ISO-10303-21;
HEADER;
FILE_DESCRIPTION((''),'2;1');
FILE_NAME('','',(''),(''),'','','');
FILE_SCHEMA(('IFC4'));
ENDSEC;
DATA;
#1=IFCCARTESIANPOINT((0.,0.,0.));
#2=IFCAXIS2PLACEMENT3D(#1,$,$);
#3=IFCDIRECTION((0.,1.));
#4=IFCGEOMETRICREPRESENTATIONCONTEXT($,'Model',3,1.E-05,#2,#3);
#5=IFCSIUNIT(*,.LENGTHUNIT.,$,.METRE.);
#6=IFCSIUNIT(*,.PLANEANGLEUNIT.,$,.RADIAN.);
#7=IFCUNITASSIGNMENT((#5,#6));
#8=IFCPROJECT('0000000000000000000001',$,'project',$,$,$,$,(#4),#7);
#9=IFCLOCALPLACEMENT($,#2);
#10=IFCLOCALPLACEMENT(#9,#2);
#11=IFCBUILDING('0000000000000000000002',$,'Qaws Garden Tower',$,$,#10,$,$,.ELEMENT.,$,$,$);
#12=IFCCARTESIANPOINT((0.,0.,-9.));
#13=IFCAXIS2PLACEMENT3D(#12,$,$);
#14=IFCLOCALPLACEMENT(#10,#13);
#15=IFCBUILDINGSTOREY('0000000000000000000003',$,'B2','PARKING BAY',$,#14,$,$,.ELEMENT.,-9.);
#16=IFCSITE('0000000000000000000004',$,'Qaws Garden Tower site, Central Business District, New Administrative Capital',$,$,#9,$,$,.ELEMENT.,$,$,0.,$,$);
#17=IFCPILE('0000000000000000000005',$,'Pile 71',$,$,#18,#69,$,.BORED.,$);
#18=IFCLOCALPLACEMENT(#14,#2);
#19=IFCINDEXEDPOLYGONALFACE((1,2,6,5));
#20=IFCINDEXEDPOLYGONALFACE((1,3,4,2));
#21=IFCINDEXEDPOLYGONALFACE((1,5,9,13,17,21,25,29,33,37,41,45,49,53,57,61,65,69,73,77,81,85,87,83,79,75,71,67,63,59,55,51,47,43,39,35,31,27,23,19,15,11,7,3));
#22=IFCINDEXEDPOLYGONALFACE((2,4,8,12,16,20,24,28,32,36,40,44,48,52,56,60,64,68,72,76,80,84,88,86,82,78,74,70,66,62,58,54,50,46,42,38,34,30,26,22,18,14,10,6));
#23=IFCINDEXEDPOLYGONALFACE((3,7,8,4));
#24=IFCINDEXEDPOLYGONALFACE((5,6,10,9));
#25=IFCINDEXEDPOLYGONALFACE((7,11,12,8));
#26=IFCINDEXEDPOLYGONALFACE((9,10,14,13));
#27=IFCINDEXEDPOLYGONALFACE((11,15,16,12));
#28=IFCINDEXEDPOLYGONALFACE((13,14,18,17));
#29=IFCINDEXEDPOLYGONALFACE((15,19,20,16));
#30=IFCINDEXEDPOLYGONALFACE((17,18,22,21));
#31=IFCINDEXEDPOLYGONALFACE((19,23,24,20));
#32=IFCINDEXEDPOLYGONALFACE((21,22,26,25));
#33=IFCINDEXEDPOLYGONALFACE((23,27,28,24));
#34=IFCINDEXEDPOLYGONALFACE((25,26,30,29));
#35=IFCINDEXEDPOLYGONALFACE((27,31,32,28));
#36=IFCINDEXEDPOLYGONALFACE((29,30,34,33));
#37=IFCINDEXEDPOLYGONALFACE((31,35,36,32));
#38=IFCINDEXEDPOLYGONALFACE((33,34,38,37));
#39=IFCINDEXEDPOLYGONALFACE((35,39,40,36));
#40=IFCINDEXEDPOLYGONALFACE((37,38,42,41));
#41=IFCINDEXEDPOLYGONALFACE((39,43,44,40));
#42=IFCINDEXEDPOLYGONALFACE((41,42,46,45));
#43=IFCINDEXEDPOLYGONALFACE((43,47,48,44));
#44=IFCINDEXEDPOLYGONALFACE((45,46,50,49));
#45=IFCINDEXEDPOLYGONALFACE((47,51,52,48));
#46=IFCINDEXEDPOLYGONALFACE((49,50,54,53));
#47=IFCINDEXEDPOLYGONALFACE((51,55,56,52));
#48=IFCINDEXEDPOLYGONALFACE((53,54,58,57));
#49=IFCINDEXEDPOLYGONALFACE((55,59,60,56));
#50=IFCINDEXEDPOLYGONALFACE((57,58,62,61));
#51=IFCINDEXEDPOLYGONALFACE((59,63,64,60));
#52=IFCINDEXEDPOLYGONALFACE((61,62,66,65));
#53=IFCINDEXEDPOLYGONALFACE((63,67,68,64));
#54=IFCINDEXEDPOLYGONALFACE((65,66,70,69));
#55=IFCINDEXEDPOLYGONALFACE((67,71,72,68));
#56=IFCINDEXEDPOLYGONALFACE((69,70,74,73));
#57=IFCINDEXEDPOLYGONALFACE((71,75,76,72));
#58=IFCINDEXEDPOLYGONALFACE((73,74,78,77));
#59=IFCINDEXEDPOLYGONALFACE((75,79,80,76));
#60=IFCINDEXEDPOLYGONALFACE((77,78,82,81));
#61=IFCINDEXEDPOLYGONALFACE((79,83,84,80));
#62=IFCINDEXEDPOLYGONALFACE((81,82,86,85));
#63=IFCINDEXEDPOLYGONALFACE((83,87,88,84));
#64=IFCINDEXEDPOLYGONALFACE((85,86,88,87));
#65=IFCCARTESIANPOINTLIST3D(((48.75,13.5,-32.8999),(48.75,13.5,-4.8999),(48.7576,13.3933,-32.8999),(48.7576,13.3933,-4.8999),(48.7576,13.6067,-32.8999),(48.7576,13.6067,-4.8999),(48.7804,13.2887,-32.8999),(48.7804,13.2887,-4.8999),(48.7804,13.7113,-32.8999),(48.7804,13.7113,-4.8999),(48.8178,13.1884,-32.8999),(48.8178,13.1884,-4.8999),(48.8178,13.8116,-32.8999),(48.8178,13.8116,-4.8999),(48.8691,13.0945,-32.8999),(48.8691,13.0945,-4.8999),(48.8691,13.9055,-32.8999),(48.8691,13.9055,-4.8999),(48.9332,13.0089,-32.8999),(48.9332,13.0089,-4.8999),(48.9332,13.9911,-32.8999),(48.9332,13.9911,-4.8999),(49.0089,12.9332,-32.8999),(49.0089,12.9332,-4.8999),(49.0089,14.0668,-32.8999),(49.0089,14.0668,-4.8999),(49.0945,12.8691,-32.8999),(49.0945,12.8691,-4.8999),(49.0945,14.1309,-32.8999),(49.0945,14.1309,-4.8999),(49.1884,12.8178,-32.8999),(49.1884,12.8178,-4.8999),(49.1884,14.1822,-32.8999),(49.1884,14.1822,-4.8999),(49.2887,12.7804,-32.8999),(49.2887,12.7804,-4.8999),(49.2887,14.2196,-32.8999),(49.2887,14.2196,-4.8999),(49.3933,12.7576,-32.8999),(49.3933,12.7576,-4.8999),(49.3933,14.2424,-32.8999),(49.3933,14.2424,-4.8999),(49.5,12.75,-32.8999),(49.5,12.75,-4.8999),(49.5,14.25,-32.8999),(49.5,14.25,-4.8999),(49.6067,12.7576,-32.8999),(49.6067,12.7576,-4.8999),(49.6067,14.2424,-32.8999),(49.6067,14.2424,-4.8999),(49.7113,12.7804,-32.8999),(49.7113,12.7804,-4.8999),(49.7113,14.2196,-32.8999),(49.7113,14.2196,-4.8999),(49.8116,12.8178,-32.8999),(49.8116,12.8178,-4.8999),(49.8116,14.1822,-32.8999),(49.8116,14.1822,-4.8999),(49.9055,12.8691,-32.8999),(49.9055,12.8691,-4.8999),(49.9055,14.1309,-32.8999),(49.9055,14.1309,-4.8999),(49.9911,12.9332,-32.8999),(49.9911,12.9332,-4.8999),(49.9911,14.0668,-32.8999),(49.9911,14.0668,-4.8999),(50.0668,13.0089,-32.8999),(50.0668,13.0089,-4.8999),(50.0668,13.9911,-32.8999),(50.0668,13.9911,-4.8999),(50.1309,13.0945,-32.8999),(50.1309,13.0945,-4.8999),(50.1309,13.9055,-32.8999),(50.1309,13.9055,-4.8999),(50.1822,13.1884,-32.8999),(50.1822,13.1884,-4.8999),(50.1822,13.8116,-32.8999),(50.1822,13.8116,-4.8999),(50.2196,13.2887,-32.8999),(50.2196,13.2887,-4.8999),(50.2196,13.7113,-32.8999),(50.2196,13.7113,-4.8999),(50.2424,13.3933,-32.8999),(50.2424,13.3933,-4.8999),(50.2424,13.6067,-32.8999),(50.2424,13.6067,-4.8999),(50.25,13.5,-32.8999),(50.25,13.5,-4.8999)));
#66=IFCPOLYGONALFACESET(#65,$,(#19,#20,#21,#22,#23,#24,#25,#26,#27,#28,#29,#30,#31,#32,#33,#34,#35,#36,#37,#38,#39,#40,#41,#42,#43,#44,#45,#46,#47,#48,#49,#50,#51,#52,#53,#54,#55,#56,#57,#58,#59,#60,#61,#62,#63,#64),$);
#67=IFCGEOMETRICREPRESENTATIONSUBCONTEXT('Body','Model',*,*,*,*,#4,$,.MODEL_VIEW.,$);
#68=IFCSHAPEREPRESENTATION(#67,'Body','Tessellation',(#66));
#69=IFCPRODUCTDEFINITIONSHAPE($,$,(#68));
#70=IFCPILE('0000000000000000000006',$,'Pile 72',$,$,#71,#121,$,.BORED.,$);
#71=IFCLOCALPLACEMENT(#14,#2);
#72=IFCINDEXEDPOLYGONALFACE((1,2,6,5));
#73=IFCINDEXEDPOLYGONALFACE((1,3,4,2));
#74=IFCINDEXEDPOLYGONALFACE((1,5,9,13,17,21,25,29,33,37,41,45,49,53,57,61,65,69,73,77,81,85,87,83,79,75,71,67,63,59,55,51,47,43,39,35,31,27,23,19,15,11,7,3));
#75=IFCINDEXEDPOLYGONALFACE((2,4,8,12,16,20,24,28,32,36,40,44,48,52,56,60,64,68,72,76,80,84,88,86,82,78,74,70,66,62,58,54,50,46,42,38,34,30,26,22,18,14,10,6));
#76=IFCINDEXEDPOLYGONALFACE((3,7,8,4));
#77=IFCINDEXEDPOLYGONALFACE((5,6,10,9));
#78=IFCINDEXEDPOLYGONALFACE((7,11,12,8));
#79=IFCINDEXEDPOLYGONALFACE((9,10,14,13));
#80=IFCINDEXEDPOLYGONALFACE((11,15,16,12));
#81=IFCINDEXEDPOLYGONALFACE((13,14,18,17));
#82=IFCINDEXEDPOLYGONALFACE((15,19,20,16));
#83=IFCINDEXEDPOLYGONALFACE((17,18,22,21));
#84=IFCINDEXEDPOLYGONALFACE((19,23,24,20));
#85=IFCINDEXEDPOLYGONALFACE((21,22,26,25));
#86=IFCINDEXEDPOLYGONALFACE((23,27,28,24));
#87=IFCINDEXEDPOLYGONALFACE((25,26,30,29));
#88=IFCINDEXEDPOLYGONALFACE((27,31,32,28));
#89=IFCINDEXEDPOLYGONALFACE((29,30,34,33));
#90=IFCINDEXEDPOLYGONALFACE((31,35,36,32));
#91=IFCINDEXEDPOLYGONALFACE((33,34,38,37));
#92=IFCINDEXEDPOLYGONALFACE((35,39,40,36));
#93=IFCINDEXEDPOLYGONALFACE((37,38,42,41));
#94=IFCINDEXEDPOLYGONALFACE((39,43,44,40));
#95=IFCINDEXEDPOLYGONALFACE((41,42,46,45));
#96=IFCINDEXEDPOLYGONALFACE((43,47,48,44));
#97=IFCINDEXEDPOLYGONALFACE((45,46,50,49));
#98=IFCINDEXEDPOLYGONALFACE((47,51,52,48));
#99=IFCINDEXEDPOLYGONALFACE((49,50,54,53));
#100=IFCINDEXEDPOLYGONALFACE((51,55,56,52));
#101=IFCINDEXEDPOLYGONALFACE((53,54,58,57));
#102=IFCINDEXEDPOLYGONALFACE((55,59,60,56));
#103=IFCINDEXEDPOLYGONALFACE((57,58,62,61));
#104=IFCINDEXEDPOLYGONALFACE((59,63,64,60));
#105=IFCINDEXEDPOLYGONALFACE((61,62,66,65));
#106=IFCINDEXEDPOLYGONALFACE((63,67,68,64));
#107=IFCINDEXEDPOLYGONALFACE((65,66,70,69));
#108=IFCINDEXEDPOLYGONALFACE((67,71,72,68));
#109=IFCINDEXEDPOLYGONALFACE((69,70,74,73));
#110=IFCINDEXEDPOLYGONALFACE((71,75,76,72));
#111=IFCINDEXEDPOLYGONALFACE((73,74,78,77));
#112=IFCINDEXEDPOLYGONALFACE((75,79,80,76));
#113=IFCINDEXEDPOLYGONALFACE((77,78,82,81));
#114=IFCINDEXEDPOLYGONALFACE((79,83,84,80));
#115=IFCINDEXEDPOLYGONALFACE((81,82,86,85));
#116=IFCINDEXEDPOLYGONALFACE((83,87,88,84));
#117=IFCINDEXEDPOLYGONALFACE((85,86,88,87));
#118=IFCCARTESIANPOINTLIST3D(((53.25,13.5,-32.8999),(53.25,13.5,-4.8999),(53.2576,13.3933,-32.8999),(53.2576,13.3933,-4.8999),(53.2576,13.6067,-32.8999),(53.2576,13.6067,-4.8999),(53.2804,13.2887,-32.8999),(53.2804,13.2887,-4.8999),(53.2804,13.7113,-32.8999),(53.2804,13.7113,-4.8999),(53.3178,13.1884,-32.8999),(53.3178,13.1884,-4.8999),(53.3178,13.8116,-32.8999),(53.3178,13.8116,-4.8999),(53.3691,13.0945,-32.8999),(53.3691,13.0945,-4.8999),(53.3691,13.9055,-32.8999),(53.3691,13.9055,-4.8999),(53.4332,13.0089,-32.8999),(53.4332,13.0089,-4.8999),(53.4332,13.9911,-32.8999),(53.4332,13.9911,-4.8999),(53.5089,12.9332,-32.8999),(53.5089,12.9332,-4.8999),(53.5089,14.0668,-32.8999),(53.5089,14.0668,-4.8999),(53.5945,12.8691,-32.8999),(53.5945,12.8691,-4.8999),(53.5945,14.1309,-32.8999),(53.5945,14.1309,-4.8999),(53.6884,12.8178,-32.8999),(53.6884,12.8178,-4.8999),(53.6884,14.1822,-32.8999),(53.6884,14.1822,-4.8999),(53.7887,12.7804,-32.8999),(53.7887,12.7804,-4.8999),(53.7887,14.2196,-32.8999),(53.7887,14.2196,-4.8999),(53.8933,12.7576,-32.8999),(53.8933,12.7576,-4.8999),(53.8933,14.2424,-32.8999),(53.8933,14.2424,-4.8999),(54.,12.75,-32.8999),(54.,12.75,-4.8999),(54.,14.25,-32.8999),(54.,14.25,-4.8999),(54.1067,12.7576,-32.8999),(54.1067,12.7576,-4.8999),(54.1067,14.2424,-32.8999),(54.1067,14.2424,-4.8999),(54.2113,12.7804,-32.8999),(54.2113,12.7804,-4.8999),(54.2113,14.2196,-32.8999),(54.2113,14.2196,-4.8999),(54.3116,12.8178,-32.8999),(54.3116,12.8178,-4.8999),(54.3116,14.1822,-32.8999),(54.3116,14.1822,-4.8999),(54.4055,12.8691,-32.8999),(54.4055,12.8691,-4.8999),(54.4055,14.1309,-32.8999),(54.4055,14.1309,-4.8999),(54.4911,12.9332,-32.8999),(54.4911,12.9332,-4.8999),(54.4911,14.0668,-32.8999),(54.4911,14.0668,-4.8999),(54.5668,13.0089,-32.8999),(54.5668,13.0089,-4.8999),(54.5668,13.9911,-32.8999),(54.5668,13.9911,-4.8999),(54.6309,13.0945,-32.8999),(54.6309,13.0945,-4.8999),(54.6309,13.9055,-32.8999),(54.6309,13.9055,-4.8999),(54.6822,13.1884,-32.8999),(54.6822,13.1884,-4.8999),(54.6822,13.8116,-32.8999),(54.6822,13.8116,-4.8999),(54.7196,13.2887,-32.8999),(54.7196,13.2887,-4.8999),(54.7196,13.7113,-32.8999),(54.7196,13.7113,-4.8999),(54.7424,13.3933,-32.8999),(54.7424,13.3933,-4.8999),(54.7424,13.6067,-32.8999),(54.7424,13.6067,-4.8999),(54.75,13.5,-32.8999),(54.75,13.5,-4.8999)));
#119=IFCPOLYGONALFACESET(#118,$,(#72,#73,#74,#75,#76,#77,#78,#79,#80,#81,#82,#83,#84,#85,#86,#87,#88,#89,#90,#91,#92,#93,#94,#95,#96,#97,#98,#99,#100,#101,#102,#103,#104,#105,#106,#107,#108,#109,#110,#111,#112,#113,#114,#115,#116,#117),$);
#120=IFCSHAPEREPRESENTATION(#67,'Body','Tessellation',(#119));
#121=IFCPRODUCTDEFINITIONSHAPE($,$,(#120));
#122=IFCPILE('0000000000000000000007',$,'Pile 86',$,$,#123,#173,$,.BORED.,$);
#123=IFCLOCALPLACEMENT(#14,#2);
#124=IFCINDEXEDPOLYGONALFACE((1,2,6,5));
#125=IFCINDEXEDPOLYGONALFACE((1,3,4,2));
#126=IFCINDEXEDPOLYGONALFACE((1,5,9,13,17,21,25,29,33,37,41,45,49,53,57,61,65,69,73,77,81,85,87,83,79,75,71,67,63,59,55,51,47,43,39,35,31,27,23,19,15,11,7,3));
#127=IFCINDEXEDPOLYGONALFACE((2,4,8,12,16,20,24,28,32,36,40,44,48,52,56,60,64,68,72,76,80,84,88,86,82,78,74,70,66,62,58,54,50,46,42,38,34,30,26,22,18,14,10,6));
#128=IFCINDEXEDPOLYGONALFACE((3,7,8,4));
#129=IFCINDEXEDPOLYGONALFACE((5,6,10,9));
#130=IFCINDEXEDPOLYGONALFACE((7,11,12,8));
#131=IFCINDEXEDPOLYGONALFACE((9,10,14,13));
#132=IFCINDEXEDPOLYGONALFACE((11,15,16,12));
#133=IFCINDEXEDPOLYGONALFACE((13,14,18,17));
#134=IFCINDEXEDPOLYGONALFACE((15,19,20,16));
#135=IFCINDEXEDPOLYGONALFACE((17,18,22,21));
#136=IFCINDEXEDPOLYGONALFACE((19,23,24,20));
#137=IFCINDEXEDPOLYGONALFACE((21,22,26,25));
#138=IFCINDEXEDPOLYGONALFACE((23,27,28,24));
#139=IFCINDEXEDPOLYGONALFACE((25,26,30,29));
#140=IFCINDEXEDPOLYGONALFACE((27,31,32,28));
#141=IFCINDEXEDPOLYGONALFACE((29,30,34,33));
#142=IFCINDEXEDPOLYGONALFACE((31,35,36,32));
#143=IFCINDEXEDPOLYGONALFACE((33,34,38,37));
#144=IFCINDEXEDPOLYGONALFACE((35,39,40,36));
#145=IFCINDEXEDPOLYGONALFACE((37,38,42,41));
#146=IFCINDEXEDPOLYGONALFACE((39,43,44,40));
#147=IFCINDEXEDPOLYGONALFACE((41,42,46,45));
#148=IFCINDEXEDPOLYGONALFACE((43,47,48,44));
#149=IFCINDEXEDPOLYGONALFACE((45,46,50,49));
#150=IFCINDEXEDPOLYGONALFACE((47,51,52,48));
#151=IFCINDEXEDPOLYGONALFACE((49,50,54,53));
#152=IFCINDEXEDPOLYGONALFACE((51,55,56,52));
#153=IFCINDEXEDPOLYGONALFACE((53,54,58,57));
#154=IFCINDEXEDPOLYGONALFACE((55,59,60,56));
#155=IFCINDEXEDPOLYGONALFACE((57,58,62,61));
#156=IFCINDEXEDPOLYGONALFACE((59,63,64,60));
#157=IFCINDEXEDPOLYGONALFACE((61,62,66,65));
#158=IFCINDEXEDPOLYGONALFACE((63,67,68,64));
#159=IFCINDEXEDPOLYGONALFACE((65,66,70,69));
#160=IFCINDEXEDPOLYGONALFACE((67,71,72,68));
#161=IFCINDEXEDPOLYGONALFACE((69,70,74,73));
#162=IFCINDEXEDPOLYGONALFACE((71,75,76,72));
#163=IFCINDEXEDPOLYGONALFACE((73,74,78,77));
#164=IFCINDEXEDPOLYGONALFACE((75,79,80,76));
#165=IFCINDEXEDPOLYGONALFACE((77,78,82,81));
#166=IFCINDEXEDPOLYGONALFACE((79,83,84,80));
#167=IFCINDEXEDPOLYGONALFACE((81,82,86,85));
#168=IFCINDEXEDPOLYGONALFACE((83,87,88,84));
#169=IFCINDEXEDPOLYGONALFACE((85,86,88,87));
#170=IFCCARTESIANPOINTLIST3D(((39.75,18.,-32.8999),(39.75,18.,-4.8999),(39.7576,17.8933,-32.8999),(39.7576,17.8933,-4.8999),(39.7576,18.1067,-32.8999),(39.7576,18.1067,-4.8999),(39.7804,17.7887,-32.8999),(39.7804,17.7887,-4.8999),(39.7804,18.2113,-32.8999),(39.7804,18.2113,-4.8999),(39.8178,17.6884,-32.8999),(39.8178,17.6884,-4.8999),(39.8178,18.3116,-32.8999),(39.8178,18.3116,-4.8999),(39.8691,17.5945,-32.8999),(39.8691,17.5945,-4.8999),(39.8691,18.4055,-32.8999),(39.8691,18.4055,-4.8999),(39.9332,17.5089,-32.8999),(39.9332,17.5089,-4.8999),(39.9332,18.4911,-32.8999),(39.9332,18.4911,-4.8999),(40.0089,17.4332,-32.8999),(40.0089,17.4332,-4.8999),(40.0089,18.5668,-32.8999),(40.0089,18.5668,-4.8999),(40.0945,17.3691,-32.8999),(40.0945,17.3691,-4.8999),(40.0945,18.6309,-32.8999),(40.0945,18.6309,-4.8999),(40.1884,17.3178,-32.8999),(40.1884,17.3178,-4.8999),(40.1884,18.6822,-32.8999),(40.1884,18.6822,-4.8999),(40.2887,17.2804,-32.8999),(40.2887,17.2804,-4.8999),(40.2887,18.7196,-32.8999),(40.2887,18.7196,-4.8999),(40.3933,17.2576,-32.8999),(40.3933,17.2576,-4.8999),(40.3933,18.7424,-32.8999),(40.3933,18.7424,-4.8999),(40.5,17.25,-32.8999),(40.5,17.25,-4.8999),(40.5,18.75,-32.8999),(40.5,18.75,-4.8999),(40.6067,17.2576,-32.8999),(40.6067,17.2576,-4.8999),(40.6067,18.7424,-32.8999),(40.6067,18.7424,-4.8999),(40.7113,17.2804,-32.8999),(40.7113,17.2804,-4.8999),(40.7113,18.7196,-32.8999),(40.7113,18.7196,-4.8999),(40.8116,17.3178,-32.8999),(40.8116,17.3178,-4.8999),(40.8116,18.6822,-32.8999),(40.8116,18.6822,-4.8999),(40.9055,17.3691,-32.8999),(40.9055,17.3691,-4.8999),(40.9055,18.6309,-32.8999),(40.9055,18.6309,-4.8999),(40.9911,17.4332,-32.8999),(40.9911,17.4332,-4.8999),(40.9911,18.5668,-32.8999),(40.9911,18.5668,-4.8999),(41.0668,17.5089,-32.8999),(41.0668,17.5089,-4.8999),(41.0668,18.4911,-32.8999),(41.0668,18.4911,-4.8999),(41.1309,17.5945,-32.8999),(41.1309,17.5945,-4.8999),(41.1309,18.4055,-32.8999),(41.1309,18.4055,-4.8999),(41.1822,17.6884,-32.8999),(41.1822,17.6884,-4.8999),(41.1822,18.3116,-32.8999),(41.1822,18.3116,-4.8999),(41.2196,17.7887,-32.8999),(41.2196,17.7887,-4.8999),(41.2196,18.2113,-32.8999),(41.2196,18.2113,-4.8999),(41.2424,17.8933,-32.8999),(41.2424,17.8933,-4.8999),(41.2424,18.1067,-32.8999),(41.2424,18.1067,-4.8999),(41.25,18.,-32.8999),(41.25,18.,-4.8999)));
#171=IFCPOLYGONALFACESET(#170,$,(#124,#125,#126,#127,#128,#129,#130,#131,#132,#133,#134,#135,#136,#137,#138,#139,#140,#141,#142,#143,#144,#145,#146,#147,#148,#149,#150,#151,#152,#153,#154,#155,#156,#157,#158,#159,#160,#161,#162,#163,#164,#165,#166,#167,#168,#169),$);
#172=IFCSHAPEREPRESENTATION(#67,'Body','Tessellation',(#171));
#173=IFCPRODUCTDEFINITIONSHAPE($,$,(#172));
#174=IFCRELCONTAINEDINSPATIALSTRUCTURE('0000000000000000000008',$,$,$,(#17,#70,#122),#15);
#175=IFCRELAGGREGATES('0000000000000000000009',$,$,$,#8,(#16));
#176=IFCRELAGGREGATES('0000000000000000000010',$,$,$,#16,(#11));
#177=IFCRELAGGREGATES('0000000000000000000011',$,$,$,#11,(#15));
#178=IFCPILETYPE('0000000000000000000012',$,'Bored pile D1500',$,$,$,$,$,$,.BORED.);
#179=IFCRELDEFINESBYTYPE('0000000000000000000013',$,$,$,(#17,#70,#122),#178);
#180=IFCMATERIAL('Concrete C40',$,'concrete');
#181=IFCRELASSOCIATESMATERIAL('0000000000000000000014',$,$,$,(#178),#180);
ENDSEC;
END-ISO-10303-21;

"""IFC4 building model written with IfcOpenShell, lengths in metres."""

from ifc_helpers import new_model, si_unit, direction, frame, origin, origin_2d, place, context, subcontext, project, spatial, circle, extrude, material, material_profile, profile_set, type_object, element, save


model = new_model("IFC4")

# Units and contexts
model_context = context("Model", 3, precision=1e-05, world=origin(), true_north=direction((0.0, 1.0)))
body_context = subcontext(model_context, "Body", "Model", "MODEL_VIEW")
ifc_project = project(units=[si_unit("LENGTHUNIT", "METRE"), si_unit("PLANEANGLEUNIT", "RADIAN")], contexts=[model_context])

# Site, building, storey
site_placement = place(None, origin())
site = spatial("IfcSite", under=ifc_project, at=site_placement, Name="Qaws Garden Tower site, Central Business District, New Administrative Capital", CompositionType="ELEMENT", RefElevation=0.0)
building_placement = place(site_placement, origin())
building = spatial("IfcBuilding", under=site, at=building_placement, Name="Qaws Garden Tower", CompositionType="ELEMENT")
storey_placement = place(building_placement, frame((0.0, 0.0, -9.0)))
storey = spatial("IfcBuildingStorey", under=building, at=storey_placement, Name="B2", Description="PARKING BAY", CompositionType="ELEMENT", Elevation=-9.0)

# Piles
ifc_material_1 = material(Name="Concrete C40", Category="concrete")
ifc_material_profile_1 = material_profile(ifc_material_1, circle(Radius=0.75, at=origin_2d()), Name="Bored pile D1500")
ifc_profile_set_1 = profile_set([ifc_material_profile_1], Name="Concrete C40")
pile_type = type_object("IfcPileType", Name="Bored pile D1500", PredefinedType="BORED", material=ifc_profile_set_1)
for number, where, z_axis, x_axis, name in (
    (1, (49.5, 13.5, -4.8999), (0.0, 0.0, -1.0), (1.0, 0.0, 0.0), "Pile 71"),
    (2, (54.0, 13.5, -4.8999), (0.0, 0.0, -1.0), (1.0, 0.0, 0.0), "Pile 72"),
    (3, (40.5, 18.0, -4.8999), (0.0, 0.0, -1.0), (1.0, 0.0, 0.0), "Pile 86"),
):
    element("IfcPile", number, at=place(storey_placement, frame(where, z_axis=z_axis, x_axis=x_axis)), inside=storey, type_object=pile_type, Name=name, PredefinedType="BORED", context=body_context, shape_type="SweptSolid", body=[
        extrude(circle(Radius=0.75, at=origin_2d()), origin(), (0.0, 0.0, 1.0), 28.0),
    ])

save(model, "model.ifc")
